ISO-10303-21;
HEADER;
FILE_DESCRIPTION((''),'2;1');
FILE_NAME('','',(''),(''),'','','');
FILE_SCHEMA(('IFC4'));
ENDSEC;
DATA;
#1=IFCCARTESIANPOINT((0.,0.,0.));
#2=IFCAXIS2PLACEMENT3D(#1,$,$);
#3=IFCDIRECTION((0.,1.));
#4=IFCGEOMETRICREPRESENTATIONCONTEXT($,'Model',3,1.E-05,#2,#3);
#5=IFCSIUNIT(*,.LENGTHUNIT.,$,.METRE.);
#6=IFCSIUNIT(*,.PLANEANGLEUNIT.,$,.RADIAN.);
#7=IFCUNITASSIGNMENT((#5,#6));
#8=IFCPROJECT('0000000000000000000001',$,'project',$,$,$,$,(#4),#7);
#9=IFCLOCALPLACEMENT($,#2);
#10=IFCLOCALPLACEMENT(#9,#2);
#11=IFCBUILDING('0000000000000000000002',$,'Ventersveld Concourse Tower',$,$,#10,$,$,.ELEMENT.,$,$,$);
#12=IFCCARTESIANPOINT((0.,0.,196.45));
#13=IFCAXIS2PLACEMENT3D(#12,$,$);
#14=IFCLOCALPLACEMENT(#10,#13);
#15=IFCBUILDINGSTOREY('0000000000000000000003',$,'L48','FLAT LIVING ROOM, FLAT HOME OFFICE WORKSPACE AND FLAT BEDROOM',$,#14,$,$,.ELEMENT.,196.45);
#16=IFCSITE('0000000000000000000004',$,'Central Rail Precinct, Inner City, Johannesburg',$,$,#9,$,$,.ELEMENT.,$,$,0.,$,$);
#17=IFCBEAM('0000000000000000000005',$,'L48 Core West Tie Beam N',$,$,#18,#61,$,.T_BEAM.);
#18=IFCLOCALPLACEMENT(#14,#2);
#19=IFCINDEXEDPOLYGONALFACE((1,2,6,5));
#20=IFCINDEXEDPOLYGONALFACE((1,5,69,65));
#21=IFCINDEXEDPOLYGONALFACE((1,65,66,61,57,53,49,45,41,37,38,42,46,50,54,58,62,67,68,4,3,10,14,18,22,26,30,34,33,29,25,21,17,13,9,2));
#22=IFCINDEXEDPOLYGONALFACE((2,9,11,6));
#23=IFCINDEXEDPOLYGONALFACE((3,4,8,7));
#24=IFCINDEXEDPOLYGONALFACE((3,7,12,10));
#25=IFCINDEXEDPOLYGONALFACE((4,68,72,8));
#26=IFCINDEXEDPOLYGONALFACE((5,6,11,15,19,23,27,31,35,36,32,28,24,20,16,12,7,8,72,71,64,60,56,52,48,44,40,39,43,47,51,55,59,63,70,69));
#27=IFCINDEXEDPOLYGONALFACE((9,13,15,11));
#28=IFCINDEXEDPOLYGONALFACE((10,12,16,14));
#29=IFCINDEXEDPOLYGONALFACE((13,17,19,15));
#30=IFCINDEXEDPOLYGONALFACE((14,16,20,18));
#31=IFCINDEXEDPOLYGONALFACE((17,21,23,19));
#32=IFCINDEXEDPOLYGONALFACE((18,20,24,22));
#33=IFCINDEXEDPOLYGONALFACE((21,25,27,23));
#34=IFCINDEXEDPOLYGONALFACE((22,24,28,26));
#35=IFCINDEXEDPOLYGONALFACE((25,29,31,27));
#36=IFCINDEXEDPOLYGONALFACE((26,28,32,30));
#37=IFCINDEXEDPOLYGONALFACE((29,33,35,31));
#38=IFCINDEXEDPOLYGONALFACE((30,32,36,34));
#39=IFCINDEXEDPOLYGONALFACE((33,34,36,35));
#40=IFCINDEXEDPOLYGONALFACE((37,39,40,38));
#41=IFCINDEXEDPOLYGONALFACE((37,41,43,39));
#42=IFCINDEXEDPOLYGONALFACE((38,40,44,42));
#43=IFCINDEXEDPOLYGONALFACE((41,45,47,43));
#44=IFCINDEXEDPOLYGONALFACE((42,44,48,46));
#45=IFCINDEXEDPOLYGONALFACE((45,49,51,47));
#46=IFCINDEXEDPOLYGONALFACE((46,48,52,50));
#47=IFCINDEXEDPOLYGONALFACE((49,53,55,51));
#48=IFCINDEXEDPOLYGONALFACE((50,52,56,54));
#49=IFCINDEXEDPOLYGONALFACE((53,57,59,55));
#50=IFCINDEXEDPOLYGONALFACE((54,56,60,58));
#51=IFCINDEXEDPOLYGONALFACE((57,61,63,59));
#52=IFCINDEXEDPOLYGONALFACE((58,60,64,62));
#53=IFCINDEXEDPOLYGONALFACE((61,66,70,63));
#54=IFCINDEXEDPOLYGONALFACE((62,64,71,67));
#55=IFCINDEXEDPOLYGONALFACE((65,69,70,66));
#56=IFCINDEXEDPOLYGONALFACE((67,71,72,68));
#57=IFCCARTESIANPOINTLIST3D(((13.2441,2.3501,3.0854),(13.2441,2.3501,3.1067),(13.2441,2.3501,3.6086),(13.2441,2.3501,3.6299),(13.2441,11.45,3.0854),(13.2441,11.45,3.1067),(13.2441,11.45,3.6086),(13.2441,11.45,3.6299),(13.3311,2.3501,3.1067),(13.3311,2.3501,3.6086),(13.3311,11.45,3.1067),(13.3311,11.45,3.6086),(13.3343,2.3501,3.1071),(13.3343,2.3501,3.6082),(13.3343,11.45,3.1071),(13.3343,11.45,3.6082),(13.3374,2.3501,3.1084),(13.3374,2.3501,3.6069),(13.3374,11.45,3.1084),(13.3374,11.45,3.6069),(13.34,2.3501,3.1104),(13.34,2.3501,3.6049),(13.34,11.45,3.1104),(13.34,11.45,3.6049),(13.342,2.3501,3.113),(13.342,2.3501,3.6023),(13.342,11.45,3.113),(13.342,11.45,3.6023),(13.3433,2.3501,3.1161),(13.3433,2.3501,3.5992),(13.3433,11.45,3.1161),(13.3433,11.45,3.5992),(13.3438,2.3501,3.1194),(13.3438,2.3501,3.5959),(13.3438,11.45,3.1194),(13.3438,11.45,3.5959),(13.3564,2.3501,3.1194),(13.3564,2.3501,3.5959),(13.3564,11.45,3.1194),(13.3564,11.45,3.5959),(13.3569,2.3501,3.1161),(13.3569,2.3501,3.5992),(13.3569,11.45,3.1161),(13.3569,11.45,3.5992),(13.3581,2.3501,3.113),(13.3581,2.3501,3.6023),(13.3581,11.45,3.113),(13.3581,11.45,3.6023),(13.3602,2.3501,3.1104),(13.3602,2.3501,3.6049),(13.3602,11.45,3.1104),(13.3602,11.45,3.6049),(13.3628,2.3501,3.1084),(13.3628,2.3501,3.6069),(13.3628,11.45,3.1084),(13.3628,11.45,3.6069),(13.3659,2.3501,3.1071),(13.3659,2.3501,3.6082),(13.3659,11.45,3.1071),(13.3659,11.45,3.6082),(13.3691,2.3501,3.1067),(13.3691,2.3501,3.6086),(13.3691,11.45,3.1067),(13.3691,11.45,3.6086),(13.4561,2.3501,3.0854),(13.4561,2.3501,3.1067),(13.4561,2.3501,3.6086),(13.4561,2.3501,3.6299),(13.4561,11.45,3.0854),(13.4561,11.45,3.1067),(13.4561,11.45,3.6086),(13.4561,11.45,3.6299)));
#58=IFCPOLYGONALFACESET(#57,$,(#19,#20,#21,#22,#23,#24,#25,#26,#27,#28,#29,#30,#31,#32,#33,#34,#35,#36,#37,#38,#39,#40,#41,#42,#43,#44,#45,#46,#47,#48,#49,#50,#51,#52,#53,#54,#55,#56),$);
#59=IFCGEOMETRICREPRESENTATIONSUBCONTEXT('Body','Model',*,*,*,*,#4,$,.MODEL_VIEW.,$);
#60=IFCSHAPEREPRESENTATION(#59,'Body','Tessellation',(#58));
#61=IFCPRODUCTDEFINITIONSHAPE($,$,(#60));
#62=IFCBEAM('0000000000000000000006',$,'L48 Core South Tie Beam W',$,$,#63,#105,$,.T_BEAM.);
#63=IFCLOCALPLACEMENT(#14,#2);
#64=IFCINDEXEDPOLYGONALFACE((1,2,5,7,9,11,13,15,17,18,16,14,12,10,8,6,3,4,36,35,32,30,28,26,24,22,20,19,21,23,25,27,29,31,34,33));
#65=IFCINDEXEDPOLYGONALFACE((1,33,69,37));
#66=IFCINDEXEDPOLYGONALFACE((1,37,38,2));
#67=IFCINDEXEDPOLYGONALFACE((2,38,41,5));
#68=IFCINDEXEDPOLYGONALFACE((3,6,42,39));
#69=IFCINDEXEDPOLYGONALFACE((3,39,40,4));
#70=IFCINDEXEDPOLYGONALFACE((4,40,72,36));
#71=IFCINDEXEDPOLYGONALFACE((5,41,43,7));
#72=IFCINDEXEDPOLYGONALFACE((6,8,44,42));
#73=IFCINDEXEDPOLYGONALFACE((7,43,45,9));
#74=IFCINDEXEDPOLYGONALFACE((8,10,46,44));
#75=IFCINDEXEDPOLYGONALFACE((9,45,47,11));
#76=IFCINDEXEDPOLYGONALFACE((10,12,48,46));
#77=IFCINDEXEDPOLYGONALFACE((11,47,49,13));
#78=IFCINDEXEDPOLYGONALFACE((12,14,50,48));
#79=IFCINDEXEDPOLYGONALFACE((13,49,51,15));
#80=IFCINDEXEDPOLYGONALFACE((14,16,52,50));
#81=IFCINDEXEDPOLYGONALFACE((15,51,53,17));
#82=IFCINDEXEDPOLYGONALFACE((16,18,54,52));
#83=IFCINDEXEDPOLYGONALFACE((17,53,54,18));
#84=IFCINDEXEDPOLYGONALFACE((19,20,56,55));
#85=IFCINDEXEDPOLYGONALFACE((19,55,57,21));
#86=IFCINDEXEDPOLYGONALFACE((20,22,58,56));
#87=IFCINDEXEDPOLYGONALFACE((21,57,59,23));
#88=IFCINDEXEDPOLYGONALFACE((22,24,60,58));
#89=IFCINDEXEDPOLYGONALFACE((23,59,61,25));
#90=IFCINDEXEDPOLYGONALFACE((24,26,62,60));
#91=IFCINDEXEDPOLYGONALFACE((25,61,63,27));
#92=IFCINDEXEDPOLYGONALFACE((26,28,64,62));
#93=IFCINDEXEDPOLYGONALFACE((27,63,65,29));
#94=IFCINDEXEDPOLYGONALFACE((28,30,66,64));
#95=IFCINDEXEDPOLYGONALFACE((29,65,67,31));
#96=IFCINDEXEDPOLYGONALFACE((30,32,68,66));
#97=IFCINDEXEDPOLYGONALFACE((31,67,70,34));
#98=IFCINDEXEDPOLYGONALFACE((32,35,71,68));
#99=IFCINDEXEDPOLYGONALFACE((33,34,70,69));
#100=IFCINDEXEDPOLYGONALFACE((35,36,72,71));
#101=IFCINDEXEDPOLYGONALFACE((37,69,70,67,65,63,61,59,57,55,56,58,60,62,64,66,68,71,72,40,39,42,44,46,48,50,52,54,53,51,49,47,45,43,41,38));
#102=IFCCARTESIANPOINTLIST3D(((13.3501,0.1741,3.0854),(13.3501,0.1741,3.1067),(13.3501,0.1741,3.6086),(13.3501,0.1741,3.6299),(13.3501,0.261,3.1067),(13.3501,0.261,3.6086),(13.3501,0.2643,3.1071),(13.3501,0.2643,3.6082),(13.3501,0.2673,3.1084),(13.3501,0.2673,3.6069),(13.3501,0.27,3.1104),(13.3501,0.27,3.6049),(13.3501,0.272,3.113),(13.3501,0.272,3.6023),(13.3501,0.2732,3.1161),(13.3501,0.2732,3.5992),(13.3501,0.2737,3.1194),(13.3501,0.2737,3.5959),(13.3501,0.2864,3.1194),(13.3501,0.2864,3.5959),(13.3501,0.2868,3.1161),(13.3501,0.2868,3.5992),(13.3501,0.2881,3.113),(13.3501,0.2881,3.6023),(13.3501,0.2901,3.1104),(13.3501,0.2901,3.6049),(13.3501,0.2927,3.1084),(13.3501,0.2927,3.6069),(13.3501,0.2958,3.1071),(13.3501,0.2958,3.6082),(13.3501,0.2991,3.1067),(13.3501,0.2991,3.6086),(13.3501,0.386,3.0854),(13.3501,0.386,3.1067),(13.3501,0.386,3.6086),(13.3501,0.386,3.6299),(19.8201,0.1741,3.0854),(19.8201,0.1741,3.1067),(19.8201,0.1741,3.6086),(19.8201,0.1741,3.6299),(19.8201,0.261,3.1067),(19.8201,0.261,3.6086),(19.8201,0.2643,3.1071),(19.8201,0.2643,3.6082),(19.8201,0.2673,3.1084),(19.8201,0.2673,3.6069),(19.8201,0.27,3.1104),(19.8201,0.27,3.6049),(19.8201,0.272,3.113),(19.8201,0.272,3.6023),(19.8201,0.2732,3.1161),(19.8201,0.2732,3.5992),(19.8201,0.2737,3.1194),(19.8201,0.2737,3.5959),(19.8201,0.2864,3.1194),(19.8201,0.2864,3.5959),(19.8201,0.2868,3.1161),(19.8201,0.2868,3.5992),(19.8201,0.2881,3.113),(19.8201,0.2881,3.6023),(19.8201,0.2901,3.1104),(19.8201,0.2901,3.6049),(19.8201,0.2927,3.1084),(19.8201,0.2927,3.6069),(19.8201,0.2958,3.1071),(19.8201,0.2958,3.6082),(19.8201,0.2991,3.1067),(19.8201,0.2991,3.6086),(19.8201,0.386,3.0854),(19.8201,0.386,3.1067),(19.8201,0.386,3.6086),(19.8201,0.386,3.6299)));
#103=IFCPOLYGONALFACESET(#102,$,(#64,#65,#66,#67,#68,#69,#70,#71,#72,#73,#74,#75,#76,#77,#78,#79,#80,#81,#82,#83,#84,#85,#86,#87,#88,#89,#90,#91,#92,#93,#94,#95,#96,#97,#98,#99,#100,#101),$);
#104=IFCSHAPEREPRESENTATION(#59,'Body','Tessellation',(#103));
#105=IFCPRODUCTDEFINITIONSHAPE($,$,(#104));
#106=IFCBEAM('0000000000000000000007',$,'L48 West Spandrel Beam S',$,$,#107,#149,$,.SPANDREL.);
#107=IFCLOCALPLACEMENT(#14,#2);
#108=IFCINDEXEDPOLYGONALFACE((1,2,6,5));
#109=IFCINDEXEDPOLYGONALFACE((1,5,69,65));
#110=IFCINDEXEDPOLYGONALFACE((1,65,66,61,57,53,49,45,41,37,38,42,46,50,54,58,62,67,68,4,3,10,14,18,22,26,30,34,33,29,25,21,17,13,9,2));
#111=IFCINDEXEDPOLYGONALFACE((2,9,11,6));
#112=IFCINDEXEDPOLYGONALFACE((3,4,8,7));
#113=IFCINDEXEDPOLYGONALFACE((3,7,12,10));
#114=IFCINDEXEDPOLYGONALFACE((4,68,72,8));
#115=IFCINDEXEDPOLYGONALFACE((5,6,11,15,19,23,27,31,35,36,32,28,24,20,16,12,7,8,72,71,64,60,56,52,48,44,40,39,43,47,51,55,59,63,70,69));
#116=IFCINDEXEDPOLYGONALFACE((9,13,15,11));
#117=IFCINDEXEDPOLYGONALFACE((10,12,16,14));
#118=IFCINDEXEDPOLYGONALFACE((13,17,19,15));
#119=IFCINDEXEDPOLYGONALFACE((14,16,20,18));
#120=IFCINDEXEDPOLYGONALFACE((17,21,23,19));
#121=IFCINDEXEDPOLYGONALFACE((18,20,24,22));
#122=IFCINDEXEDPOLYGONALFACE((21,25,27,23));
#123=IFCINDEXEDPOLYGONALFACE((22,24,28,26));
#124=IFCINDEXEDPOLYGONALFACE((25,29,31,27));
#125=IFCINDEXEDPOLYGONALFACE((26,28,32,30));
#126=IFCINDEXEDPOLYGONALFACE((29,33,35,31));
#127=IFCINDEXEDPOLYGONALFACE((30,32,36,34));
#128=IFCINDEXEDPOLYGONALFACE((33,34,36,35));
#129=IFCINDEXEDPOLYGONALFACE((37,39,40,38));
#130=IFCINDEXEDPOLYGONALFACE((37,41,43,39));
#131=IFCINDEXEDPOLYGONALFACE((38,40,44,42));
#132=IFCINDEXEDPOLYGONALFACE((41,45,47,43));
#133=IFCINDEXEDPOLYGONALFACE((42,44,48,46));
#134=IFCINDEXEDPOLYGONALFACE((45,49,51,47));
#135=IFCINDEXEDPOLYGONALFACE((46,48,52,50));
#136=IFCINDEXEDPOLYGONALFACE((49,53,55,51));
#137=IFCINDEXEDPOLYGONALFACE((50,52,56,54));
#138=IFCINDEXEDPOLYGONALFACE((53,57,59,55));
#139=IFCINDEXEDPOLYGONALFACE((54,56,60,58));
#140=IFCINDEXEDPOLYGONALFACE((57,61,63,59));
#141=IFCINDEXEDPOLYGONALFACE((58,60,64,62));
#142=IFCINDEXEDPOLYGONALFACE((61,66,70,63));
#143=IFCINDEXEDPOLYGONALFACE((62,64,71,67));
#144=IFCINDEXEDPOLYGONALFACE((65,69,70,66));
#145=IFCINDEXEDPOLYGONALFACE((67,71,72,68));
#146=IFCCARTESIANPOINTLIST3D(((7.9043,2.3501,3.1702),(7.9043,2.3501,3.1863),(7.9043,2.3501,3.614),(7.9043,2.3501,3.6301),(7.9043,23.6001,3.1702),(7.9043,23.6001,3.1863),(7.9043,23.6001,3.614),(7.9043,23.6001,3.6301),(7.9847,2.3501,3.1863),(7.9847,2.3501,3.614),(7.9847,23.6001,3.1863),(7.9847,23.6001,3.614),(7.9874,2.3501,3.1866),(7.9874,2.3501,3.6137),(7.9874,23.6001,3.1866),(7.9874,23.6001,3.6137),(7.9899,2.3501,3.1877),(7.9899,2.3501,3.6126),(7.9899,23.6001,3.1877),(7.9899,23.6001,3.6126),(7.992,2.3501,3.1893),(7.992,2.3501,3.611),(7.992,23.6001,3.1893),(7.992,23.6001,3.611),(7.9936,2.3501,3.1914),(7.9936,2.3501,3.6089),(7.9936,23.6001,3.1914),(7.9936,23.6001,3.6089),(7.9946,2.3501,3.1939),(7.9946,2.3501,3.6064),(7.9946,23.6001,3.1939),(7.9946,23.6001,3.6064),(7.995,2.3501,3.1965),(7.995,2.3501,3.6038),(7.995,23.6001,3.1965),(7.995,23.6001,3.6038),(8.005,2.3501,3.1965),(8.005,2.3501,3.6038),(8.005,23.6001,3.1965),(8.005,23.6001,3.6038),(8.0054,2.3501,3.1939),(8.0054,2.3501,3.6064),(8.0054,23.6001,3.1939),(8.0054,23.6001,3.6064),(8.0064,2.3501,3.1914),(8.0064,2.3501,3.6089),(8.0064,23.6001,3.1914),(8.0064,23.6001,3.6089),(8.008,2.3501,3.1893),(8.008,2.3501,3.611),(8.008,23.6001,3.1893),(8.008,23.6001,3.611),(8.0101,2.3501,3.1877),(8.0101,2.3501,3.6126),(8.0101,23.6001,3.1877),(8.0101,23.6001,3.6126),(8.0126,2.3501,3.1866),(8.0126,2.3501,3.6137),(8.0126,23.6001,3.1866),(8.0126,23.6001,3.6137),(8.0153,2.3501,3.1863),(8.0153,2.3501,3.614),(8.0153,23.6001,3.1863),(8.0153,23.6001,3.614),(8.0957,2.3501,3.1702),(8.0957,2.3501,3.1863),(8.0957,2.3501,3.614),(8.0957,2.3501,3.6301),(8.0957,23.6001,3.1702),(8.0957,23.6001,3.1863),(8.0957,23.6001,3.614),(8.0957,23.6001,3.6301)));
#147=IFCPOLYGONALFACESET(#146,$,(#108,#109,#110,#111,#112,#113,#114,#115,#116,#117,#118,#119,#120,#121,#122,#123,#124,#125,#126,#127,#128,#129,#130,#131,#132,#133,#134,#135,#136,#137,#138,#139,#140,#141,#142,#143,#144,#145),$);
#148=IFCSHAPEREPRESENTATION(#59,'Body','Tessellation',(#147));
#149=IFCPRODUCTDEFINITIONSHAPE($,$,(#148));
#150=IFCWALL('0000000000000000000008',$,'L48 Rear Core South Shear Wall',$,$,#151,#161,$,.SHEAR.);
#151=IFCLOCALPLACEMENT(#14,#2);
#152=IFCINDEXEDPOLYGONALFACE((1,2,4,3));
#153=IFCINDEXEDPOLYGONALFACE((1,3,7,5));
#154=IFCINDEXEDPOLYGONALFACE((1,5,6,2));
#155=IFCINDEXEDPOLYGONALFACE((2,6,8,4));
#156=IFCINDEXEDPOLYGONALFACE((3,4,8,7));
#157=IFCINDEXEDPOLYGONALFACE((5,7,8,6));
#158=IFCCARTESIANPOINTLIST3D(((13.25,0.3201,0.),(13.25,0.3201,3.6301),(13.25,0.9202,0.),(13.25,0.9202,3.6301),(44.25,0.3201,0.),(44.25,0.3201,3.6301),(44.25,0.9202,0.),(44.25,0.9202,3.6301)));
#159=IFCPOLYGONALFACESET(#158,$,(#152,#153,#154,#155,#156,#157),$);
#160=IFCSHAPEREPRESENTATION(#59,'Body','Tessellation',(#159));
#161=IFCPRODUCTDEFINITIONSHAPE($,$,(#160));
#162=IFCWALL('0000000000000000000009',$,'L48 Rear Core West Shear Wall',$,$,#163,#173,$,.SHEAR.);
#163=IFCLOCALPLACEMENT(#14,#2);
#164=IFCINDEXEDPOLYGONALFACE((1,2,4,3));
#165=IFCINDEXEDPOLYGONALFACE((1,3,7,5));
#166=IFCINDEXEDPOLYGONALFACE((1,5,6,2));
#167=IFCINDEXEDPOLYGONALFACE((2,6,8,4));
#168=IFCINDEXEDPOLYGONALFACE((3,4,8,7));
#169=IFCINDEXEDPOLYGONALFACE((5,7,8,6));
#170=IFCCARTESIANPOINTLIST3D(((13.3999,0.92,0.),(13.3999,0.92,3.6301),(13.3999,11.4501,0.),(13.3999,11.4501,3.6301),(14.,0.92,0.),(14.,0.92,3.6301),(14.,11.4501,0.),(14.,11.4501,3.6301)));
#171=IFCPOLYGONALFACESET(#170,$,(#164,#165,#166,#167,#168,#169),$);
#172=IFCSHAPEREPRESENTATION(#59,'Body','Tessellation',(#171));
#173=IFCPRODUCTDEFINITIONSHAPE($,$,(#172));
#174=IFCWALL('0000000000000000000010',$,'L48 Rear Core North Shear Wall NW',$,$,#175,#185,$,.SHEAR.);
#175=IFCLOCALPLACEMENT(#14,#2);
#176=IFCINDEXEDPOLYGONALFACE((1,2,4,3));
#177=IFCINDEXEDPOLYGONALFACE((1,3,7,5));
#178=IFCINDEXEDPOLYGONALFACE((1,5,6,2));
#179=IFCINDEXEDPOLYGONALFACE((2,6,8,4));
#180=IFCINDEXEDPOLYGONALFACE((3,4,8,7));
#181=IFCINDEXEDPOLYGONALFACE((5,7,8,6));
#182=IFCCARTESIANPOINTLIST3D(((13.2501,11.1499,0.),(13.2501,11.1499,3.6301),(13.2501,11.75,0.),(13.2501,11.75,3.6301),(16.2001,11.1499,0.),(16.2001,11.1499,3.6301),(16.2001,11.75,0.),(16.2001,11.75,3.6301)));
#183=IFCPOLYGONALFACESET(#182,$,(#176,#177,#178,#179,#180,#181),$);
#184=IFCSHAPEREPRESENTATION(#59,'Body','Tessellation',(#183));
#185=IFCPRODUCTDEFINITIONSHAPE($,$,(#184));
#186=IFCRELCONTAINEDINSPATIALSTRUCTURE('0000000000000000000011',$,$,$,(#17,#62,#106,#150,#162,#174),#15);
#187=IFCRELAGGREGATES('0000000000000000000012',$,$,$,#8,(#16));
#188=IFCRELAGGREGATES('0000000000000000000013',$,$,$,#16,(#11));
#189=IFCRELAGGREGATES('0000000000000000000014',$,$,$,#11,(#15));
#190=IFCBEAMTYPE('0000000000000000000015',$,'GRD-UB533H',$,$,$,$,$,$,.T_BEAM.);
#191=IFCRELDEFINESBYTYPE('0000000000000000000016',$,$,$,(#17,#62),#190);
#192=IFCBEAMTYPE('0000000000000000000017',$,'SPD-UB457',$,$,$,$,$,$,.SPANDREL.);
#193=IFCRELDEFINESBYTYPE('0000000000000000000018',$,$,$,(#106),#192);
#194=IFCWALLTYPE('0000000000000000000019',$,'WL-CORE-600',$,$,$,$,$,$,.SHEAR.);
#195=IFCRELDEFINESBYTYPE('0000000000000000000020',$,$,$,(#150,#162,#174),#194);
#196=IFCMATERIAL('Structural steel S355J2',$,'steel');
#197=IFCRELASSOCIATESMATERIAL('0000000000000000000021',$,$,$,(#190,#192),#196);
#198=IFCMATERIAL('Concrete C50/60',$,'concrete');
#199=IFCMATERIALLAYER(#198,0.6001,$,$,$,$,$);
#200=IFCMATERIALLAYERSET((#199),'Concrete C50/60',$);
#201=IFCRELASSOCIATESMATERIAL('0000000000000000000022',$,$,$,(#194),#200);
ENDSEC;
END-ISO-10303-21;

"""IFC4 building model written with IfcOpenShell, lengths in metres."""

from ifc_helpers import new_model, si_unit, direction, frame, frame_2d, origin, origin_2d, place, context, subcontext, project, spatial, rectangle, i_section, extrude, material, layer, layer_set, material_profile, profile_set, type_object, element, save


model = new_model("IFC4")

# Units and contexts
model_context = context("Model", 3, precision=1e-05, world=origin(), true_north=direction((0.0, 1.0)))
body_context = subcontext(model_context, "Body", "Model", "MODEL_VIEW")
ifc_project = project(units=[si_unit("LENGTHUNIT", "METRE"), si_unit("PLANEANGLEUNIT", "RADIAN")], contexts=[model_context])

# Site, building, storey
site_placement = place(None, origin())
site = spatial("IfcSite", under=ifc_project, at=site_placement, Name="Central Rail Precinct, Inner City, Johannesburg", CompositionType="ELEMENT", RefElevation=0.0)
building_placement = place(site_placement, origin())
building = spatial("IfcBuilding", under=site, at=building_placement, Name="Ventersveld Concourse Tower", CompositionType="ELEMENT")
storey_placement = place(building_placement, frame((0.0, 0.0, 196.45)))
storey = spatial("IfcBuildingStorey", under=building, at=storey_placement, Name="L48", Description="FLAT LIVING ROOM, FLAT HOME OFFICE WORKSPACE AND FLAT BEDROOM", CompositionType="ELEMENT", Elevation=196.45)

# Shared definitions
ifc_material_1 = material(Name="Concrete C50/60", Category="concrete")

# Beams
ifc_material_2 = material(Name="Structural steel S355J2", Category="steel")
ifc_material_profile_1 = material_profile(ifc_material_2, i_section(OverallWidth=0.2119, OverallDepth=0.5444, WebThickness=0.0127, FlangeThickness=0.0212, FilletRadius=0.0127, at=origin_2d()), Name="UB 533x210x122")
ifc_profile_set_1 = profile_set([ifc_material_profile_1], Name="Structural steel S355J2")
beam_type_1 = type_object("IfcBeamType", Name="GRD-UB533H", PredefinedType="T_BEAM", material=ifc_profile_set_1)
beam_1_placement = place(storey_placement, frame((13.3501, 2.3501, 3.3577), z_axis=(0.0, 1.0, 0.0), x_axis=(-1.0, 0.0, 0.0)))
element("IfcBeam", 1, at=beam_1_placement, inside=storey, type_object=beam_type_1, Name="L48 Core West Tie Beam N", PredefinedType="T_BEAM", context=body_context, shape_type="SweptSolid", body=[
    extrude(i_section(OverallWidth=0.2119, OverallDepth=0.5444, WebThickness=0.0127, FlangeThickness=0.0212, FilletRadius=0.0127, at=origin_2d()), origin(), (0.0, 0.0, 1.0), 9.0999),
])
beam_2_placement = place(storey_placement, frame((13.3501, 0.28, 3.3577), z_axis=(1.0, 0.0, 0.0), x_axis=(0.0, 1.0, 0.0)))
element("IfcBeam", 2, at=beam_2_placement, inside=storey, type_object=beam_type_1, Name="L48 Core South Tie Beam W", PredefinedType="T_BEAM", context=body_context, shape_type="SweptSolid", body=[
    extrude(i_section(OverallWidth=0.2119, OverallDepth=0.5444, WebThickness=0.0127, FlangeThickness=0.0212, FilletRadius=0.0127, at=origin_2d()), origin(), (0.0, 0.0, 1.0), 6.47),
])
ifc_material_profile_2 = material_profile(ifc_material_2, i_section(OverallWidth=0.1914, OverallDepth=0.46, WebThickness=0.01, FlangeThickness=0.0161, FilletRadius=0.0103, at=origin_2d()), Name="UB 457x191x82")
ifc_profile_set_2 = profile_set([ifc_material_profile_2], Name="Structural steel S355J2")
beam_type_2 = type_object("IfcBeamType", Name="SPD-UB457", PredefinedType="SPANDREL", material=ifc_profile_set_2)
beam_3_placement = place(storey_placement, frame((8.0, 2.3501, 3.4001), z_axis=(0.0, 1.0, 0.0), x_axis=(-1.0, 0.0, 0.0)))
element("IfcBeam", 3, at=beam_3_placement, inside=storey, type_object=beam_type_2, Name="L48 West Spandrel Beam S", PredefinedType="SPANDREL", context=body_context, shape_type="SweptSolid", body=[
    extrude(i_section(OverallWidth=0.1914, OverallDepth=0.46, WebThickness=0.01, FlangeThickness=0.0161, FilletRadius=0.0103, at=origin_2d()), origin(), (0.0, 0.0, 1.0), 21.25),
])

# Walls
ifc_layer_1 = layer(ifc_material_1, 0.6001)
ifc_layer_set_1 = layer_set([ifc_layer_1], Name="Concrete C50/60")
wall_type_1 = type_object("IfcWallType", Name="WL-CORE-600", PredefinedType="SHEAR", material=ifc_layer_set_1)
wall_1_placement = place(storey_placement, frame((13.25, 0.6201, 0.0), z_axis=(0.0, 0.0, 1.0), x_axis=(1.0, 0.0, 0.0)))
element("IfcWall", 4, at=wall_1_placement, inside=storey, type_object=wall_type_1, Name="L48 Rear Core South Shear Wall", PredefinedType="SHEAR", context=body_context, shape_type="SweptSolid", body=[
    extrude(rectangle(XDim=31.0, YDim=0.6001, at=frame_2d((15.5, 0.0))), origin(), (0.0, 0.0, 1.0), 3.6301),
])
wall_2_placement = place(storey_placement, frame((13.7, 0.9199, 0.0), z_axis=(0.0, 0.0, 1.0), x_axis=(0.0, 1.0, 0.0)))
element("IfcWall", 5, at=wall_2_placement, inside=storey, type_object=wall_type_1, Name="L48 Rear Core West Shear Wall", PredefinedType="SHEAR", context=body_context, shape_type="SweptSolid", body=[
    extrude(rectangle(XDim=10.53, YDim=0.6001, at=frame_2d((5.2651, 0.0))), origin(), (0.0, 0.0, 1.0), 3.6301),
])
wall_3_placement = place(storey_placement, frame((13.25, 11.45, 0.0), z_axis=(0.0, 0.0, 1.0), x_axis=(1.0, 0.0, 0.0)))
element("IfcWall", 6, at=wall_3_placement, inside=storey, type_object=wall_type_1, Name="L48 Rear Core North Shear Wall NW", PredefinedType="SHEAR", context=body_context, shape_type="SweptSolid", body=[
    extrude(rectangle(XDim=2.95, YDim=0.6001, at=frame_2d((1.4751, 0.0))), origin(), (0.0, 0.0, 1.0), 3.6301),
])

save(model, "model.ifc")
